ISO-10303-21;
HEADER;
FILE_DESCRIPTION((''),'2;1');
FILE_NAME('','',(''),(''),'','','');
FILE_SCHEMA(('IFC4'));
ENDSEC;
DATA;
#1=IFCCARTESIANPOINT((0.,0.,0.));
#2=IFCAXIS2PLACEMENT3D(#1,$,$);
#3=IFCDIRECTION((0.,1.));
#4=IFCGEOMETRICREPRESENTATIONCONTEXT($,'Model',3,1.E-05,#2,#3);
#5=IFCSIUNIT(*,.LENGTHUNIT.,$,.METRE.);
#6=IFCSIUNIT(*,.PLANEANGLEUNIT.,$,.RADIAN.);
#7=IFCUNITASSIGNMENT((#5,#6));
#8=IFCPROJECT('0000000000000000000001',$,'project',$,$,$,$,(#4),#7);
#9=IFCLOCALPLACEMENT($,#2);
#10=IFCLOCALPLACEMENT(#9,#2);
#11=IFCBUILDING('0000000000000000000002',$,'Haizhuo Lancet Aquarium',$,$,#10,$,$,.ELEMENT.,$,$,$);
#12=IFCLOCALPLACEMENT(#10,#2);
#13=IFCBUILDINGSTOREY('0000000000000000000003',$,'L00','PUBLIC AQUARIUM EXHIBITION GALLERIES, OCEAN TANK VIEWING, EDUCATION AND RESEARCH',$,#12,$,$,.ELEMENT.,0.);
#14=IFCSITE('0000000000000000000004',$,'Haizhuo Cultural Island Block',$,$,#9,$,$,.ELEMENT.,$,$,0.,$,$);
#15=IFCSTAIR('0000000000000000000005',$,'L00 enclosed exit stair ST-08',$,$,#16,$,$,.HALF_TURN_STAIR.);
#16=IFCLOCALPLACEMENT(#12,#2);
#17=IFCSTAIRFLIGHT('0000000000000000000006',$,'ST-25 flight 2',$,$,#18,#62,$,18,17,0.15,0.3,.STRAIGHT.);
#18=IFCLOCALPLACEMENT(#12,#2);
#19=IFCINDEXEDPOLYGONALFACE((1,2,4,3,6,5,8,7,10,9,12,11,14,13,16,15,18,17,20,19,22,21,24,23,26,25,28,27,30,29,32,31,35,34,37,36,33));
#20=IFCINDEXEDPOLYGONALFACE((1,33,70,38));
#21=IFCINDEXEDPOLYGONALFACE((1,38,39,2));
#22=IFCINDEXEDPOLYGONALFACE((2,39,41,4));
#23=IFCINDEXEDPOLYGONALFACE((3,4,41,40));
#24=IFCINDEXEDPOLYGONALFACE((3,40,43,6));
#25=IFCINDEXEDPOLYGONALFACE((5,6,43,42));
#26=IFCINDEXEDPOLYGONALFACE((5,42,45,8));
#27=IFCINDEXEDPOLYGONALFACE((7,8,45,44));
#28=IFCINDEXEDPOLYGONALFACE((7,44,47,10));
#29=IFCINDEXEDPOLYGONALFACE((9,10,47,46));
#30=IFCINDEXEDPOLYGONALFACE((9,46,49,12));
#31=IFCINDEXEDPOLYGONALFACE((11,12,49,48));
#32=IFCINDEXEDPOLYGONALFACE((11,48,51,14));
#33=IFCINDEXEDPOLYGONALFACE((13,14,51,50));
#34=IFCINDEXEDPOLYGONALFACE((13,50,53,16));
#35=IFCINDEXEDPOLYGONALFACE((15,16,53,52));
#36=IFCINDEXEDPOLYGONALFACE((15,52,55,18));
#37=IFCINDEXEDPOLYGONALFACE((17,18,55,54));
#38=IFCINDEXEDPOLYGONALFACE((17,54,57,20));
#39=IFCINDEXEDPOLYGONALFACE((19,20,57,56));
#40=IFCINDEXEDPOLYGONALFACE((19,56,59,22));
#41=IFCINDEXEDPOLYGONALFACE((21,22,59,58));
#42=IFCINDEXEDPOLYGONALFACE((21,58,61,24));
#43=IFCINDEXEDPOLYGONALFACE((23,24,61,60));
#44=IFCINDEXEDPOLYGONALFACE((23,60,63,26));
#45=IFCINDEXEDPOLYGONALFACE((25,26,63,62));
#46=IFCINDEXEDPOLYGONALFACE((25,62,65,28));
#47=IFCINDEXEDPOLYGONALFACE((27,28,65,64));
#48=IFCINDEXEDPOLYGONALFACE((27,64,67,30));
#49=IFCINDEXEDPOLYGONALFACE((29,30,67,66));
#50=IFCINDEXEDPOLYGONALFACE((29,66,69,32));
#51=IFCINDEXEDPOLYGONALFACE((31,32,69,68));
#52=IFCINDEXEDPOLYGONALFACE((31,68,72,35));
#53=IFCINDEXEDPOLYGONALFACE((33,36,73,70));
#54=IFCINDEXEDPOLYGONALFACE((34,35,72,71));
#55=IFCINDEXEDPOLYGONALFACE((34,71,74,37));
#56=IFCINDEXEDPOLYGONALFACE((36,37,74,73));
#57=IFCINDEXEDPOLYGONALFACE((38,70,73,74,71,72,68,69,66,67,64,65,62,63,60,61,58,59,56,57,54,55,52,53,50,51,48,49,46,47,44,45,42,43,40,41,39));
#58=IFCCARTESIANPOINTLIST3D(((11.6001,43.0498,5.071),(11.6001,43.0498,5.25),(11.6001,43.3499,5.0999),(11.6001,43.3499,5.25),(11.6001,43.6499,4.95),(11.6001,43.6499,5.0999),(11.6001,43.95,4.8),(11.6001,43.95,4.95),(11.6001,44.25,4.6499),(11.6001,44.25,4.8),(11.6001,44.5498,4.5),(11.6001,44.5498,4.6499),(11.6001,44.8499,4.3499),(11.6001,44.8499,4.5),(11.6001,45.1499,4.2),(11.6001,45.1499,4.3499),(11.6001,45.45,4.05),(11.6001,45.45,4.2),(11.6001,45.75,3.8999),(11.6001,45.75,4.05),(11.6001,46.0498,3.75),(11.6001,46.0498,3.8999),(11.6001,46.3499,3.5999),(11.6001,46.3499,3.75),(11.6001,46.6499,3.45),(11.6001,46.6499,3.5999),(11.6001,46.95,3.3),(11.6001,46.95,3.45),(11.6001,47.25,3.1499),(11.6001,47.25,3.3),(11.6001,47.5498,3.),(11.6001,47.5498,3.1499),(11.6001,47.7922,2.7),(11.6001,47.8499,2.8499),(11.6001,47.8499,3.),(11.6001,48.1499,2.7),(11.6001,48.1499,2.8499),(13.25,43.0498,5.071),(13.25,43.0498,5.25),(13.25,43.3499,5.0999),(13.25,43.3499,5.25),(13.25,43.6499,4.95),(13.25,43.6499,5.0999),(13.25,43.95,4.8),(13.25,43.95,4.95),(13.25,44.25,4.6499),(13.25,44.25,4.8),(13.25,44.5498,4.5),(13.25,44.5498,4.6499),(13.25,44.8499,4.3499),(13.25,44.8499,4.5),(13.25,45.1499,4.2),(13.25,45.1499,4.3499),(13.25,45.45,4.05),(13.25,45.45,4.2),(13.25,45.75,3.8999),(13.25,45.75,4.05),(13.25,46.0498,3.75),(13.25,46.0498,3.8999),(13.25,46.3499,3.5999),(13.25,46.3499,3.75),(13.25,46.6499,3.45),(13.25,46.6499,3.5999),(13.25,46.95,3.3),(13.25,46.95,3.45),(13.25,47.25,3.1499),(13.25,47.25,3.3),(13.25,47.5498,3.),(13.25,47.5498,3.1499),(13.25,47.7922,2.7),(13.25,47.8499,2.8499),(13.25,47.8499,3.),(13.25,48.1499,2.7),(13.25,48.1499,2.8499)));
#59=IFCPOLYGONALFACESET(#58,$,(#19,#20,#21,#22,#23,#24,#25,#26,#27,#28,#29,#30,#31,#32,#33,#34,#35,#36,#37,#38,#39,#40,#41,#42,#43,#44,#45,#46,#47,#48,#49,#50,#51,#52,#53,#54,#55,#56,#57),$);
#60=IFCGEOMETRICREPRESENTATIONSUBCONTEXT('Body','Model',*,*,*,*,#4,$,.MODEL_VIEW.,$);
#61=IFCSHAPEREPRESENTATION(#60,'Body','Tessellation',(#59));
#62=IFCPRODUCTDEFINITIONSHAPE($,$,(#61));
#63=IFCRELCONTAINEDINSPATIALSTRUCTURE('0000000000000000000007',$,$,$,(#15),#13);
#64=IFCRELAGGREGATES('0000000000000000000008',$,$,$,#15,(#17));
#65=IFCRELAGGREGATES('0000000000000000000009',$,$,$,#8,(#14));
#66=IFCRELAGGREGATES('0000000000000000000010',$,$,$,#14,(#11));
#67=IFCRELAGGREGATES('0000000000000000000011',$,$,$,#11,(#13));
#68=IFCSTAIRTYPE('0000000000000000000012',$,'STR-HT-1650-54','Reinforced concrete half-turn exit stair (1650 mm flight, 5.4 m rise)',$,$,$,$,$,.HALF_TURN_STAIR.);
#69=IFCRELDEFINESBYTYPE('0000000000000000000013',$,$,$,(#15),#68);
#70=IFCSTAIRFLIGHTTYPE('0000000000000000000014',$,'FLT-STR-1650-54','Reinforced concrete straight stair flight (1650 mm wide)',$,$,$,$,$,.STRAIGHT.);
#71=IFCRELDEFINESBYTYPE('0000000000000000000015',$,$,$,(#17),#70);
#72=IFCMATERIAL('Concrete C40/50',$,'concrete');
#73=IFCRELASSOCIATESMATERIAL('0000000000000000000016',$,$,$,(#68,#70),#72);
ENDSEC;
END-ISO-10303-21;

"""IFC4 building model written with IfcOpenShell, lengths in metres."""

from ifc_helpers import new_model, si_unit, direction, frame, origin, place, context, subcontext, project, spatial, polyline, outline, extrude, material, type_object, element, aggregate, save


model = new_model("IFC4")

# Units and contexts
model_context = context("Model", 3, precision=1e-05, world=origin(), true_north=direction((0.0, 1.0)))
body_context = subcontext(model_context, "Body", "Model", "MODEL_VIEW")
ifc_project = project(units=[si_unit("LENGTHUNIT", "METRE"), si_unit("PLANEANGLEUNIT", "RADIAN")], contexts=[model_context])

# Site, building, storey
site_placement = place(None, origin())
site = spatial("IfcSite", under=ifc_project, at=site_placement, Name="Haizhuo Cultural Island Block", CompositionType="ELEMENT", RefElevation=0.0)
building_placement = place(site_placement, origin())
building = spatial("IfcBuilding", under=site, at=building_placement, Name="Haizhuo Lancet Aquarium", CompositionType="ELEMENT")
storey_placement = place(building_placement, origin())
storey = spatial("IfcBuildingStorey", under=building, at=storey_placement, Name="L00", Description="PUBLIC AQUARIUM EXHIBITION GALLERIES, OCEAN TANK VIEWING, EDUCATION AND RESEARCH", CompositionType="ELEMENT", Elevation=0.0)

# Shared definitions
ifc_material_1 = material(Name="Concrete C40/50", Category="concrete")

# Stair, stair flight
stair_type = type_object("IfcStairType", Name="STR-HT-1650-54", Description="Reinforced concrete half-turn exit stair (1650 mm flight, 5.4 m rise)", PredefinedType="HALF_TURN_STAIR", material=ifc_material_1)
stair_placement = place(storey_placement, origin())
stair = element("IfcStair", 1, at=stair_placement, inside=storey, type_object=stair_type, Name="L00 enclosed exit stair ST-08", PredefinedType="HALF_TURN_STAIR")
stair_flight_type = type_object("IfcStairFlightType", Name="FLT-STR-1650-54", Description="Reinforced concrete straight stair flight (1650 mm wide)", PredefinedType="STRAIGHT", material=ifc_material_1)
stair_flight_1_placement = place(storey_placement, frame((12.425, 48.1499, 2.7), z_axis=(0.0, 0.0, 1.0), x_axis=(0.0, -1.0, 0.0)))
stair_flight_1 = element("IfcStairFlight", 2, at=stair_flight_1_placement, type_object=stair_flight_type, Name="ST-25 flight 2", NumberOfRisers=18, NumberOfTreads=17, PredefinedType="STRAIGHT", RiserHeight=0.15, TreadLength=0.3, context=body_context, shape_type="SweptSolid", body=[
    extrude(outline(polyline([(0.0, 0.0), (0.0, 0.1499), (0.3, 0.1499), (0.3, 0.3), (0.6001, 0.3), (0.6001, 0.45), (0.8999, 0.45), (0.8999, 0.6001), (1.2, 0.6001), (1.2, 0.75), (1.5, 0.75), (1.5, 0.8999), (1.8, 0.8999), (1.8, 1.05), (2.1001, 1.05), (2.1001, 1.2), (2.3999, 1.2), (2.3999, 1.3501), (2.7, 1.3501), (2.7, 1.5), (3.0, 1.5), (3.0, 1.6499), (3.3, 1.6499), (3.3, 1.8), (3.6001, 1.8), (3.6001, 1.95), (3.8999, 1.95), (3.8999, 2.1001), (4.2, 2.1001), (4.2, 2.25), (4.5, 2.25), (4.5, 2.3999), (4.8, 2.3999), (4.8, 2.55), (5.1001, 2.55), (5.1001, 2.7), (5.1001, 2.3711), (0.3577, 0.0), (0.0, 0.0)])), frame((0.0, 0.825, 0.0), z_axis=(0.0, -1.0, 0.0), x_axis=(1.0, 0.0, 0.0)), (0.0, 0.0, 1.0), 1.6499),
])
aggregate(stair, [stair_flight_1])

save(model, "model.ifc")
